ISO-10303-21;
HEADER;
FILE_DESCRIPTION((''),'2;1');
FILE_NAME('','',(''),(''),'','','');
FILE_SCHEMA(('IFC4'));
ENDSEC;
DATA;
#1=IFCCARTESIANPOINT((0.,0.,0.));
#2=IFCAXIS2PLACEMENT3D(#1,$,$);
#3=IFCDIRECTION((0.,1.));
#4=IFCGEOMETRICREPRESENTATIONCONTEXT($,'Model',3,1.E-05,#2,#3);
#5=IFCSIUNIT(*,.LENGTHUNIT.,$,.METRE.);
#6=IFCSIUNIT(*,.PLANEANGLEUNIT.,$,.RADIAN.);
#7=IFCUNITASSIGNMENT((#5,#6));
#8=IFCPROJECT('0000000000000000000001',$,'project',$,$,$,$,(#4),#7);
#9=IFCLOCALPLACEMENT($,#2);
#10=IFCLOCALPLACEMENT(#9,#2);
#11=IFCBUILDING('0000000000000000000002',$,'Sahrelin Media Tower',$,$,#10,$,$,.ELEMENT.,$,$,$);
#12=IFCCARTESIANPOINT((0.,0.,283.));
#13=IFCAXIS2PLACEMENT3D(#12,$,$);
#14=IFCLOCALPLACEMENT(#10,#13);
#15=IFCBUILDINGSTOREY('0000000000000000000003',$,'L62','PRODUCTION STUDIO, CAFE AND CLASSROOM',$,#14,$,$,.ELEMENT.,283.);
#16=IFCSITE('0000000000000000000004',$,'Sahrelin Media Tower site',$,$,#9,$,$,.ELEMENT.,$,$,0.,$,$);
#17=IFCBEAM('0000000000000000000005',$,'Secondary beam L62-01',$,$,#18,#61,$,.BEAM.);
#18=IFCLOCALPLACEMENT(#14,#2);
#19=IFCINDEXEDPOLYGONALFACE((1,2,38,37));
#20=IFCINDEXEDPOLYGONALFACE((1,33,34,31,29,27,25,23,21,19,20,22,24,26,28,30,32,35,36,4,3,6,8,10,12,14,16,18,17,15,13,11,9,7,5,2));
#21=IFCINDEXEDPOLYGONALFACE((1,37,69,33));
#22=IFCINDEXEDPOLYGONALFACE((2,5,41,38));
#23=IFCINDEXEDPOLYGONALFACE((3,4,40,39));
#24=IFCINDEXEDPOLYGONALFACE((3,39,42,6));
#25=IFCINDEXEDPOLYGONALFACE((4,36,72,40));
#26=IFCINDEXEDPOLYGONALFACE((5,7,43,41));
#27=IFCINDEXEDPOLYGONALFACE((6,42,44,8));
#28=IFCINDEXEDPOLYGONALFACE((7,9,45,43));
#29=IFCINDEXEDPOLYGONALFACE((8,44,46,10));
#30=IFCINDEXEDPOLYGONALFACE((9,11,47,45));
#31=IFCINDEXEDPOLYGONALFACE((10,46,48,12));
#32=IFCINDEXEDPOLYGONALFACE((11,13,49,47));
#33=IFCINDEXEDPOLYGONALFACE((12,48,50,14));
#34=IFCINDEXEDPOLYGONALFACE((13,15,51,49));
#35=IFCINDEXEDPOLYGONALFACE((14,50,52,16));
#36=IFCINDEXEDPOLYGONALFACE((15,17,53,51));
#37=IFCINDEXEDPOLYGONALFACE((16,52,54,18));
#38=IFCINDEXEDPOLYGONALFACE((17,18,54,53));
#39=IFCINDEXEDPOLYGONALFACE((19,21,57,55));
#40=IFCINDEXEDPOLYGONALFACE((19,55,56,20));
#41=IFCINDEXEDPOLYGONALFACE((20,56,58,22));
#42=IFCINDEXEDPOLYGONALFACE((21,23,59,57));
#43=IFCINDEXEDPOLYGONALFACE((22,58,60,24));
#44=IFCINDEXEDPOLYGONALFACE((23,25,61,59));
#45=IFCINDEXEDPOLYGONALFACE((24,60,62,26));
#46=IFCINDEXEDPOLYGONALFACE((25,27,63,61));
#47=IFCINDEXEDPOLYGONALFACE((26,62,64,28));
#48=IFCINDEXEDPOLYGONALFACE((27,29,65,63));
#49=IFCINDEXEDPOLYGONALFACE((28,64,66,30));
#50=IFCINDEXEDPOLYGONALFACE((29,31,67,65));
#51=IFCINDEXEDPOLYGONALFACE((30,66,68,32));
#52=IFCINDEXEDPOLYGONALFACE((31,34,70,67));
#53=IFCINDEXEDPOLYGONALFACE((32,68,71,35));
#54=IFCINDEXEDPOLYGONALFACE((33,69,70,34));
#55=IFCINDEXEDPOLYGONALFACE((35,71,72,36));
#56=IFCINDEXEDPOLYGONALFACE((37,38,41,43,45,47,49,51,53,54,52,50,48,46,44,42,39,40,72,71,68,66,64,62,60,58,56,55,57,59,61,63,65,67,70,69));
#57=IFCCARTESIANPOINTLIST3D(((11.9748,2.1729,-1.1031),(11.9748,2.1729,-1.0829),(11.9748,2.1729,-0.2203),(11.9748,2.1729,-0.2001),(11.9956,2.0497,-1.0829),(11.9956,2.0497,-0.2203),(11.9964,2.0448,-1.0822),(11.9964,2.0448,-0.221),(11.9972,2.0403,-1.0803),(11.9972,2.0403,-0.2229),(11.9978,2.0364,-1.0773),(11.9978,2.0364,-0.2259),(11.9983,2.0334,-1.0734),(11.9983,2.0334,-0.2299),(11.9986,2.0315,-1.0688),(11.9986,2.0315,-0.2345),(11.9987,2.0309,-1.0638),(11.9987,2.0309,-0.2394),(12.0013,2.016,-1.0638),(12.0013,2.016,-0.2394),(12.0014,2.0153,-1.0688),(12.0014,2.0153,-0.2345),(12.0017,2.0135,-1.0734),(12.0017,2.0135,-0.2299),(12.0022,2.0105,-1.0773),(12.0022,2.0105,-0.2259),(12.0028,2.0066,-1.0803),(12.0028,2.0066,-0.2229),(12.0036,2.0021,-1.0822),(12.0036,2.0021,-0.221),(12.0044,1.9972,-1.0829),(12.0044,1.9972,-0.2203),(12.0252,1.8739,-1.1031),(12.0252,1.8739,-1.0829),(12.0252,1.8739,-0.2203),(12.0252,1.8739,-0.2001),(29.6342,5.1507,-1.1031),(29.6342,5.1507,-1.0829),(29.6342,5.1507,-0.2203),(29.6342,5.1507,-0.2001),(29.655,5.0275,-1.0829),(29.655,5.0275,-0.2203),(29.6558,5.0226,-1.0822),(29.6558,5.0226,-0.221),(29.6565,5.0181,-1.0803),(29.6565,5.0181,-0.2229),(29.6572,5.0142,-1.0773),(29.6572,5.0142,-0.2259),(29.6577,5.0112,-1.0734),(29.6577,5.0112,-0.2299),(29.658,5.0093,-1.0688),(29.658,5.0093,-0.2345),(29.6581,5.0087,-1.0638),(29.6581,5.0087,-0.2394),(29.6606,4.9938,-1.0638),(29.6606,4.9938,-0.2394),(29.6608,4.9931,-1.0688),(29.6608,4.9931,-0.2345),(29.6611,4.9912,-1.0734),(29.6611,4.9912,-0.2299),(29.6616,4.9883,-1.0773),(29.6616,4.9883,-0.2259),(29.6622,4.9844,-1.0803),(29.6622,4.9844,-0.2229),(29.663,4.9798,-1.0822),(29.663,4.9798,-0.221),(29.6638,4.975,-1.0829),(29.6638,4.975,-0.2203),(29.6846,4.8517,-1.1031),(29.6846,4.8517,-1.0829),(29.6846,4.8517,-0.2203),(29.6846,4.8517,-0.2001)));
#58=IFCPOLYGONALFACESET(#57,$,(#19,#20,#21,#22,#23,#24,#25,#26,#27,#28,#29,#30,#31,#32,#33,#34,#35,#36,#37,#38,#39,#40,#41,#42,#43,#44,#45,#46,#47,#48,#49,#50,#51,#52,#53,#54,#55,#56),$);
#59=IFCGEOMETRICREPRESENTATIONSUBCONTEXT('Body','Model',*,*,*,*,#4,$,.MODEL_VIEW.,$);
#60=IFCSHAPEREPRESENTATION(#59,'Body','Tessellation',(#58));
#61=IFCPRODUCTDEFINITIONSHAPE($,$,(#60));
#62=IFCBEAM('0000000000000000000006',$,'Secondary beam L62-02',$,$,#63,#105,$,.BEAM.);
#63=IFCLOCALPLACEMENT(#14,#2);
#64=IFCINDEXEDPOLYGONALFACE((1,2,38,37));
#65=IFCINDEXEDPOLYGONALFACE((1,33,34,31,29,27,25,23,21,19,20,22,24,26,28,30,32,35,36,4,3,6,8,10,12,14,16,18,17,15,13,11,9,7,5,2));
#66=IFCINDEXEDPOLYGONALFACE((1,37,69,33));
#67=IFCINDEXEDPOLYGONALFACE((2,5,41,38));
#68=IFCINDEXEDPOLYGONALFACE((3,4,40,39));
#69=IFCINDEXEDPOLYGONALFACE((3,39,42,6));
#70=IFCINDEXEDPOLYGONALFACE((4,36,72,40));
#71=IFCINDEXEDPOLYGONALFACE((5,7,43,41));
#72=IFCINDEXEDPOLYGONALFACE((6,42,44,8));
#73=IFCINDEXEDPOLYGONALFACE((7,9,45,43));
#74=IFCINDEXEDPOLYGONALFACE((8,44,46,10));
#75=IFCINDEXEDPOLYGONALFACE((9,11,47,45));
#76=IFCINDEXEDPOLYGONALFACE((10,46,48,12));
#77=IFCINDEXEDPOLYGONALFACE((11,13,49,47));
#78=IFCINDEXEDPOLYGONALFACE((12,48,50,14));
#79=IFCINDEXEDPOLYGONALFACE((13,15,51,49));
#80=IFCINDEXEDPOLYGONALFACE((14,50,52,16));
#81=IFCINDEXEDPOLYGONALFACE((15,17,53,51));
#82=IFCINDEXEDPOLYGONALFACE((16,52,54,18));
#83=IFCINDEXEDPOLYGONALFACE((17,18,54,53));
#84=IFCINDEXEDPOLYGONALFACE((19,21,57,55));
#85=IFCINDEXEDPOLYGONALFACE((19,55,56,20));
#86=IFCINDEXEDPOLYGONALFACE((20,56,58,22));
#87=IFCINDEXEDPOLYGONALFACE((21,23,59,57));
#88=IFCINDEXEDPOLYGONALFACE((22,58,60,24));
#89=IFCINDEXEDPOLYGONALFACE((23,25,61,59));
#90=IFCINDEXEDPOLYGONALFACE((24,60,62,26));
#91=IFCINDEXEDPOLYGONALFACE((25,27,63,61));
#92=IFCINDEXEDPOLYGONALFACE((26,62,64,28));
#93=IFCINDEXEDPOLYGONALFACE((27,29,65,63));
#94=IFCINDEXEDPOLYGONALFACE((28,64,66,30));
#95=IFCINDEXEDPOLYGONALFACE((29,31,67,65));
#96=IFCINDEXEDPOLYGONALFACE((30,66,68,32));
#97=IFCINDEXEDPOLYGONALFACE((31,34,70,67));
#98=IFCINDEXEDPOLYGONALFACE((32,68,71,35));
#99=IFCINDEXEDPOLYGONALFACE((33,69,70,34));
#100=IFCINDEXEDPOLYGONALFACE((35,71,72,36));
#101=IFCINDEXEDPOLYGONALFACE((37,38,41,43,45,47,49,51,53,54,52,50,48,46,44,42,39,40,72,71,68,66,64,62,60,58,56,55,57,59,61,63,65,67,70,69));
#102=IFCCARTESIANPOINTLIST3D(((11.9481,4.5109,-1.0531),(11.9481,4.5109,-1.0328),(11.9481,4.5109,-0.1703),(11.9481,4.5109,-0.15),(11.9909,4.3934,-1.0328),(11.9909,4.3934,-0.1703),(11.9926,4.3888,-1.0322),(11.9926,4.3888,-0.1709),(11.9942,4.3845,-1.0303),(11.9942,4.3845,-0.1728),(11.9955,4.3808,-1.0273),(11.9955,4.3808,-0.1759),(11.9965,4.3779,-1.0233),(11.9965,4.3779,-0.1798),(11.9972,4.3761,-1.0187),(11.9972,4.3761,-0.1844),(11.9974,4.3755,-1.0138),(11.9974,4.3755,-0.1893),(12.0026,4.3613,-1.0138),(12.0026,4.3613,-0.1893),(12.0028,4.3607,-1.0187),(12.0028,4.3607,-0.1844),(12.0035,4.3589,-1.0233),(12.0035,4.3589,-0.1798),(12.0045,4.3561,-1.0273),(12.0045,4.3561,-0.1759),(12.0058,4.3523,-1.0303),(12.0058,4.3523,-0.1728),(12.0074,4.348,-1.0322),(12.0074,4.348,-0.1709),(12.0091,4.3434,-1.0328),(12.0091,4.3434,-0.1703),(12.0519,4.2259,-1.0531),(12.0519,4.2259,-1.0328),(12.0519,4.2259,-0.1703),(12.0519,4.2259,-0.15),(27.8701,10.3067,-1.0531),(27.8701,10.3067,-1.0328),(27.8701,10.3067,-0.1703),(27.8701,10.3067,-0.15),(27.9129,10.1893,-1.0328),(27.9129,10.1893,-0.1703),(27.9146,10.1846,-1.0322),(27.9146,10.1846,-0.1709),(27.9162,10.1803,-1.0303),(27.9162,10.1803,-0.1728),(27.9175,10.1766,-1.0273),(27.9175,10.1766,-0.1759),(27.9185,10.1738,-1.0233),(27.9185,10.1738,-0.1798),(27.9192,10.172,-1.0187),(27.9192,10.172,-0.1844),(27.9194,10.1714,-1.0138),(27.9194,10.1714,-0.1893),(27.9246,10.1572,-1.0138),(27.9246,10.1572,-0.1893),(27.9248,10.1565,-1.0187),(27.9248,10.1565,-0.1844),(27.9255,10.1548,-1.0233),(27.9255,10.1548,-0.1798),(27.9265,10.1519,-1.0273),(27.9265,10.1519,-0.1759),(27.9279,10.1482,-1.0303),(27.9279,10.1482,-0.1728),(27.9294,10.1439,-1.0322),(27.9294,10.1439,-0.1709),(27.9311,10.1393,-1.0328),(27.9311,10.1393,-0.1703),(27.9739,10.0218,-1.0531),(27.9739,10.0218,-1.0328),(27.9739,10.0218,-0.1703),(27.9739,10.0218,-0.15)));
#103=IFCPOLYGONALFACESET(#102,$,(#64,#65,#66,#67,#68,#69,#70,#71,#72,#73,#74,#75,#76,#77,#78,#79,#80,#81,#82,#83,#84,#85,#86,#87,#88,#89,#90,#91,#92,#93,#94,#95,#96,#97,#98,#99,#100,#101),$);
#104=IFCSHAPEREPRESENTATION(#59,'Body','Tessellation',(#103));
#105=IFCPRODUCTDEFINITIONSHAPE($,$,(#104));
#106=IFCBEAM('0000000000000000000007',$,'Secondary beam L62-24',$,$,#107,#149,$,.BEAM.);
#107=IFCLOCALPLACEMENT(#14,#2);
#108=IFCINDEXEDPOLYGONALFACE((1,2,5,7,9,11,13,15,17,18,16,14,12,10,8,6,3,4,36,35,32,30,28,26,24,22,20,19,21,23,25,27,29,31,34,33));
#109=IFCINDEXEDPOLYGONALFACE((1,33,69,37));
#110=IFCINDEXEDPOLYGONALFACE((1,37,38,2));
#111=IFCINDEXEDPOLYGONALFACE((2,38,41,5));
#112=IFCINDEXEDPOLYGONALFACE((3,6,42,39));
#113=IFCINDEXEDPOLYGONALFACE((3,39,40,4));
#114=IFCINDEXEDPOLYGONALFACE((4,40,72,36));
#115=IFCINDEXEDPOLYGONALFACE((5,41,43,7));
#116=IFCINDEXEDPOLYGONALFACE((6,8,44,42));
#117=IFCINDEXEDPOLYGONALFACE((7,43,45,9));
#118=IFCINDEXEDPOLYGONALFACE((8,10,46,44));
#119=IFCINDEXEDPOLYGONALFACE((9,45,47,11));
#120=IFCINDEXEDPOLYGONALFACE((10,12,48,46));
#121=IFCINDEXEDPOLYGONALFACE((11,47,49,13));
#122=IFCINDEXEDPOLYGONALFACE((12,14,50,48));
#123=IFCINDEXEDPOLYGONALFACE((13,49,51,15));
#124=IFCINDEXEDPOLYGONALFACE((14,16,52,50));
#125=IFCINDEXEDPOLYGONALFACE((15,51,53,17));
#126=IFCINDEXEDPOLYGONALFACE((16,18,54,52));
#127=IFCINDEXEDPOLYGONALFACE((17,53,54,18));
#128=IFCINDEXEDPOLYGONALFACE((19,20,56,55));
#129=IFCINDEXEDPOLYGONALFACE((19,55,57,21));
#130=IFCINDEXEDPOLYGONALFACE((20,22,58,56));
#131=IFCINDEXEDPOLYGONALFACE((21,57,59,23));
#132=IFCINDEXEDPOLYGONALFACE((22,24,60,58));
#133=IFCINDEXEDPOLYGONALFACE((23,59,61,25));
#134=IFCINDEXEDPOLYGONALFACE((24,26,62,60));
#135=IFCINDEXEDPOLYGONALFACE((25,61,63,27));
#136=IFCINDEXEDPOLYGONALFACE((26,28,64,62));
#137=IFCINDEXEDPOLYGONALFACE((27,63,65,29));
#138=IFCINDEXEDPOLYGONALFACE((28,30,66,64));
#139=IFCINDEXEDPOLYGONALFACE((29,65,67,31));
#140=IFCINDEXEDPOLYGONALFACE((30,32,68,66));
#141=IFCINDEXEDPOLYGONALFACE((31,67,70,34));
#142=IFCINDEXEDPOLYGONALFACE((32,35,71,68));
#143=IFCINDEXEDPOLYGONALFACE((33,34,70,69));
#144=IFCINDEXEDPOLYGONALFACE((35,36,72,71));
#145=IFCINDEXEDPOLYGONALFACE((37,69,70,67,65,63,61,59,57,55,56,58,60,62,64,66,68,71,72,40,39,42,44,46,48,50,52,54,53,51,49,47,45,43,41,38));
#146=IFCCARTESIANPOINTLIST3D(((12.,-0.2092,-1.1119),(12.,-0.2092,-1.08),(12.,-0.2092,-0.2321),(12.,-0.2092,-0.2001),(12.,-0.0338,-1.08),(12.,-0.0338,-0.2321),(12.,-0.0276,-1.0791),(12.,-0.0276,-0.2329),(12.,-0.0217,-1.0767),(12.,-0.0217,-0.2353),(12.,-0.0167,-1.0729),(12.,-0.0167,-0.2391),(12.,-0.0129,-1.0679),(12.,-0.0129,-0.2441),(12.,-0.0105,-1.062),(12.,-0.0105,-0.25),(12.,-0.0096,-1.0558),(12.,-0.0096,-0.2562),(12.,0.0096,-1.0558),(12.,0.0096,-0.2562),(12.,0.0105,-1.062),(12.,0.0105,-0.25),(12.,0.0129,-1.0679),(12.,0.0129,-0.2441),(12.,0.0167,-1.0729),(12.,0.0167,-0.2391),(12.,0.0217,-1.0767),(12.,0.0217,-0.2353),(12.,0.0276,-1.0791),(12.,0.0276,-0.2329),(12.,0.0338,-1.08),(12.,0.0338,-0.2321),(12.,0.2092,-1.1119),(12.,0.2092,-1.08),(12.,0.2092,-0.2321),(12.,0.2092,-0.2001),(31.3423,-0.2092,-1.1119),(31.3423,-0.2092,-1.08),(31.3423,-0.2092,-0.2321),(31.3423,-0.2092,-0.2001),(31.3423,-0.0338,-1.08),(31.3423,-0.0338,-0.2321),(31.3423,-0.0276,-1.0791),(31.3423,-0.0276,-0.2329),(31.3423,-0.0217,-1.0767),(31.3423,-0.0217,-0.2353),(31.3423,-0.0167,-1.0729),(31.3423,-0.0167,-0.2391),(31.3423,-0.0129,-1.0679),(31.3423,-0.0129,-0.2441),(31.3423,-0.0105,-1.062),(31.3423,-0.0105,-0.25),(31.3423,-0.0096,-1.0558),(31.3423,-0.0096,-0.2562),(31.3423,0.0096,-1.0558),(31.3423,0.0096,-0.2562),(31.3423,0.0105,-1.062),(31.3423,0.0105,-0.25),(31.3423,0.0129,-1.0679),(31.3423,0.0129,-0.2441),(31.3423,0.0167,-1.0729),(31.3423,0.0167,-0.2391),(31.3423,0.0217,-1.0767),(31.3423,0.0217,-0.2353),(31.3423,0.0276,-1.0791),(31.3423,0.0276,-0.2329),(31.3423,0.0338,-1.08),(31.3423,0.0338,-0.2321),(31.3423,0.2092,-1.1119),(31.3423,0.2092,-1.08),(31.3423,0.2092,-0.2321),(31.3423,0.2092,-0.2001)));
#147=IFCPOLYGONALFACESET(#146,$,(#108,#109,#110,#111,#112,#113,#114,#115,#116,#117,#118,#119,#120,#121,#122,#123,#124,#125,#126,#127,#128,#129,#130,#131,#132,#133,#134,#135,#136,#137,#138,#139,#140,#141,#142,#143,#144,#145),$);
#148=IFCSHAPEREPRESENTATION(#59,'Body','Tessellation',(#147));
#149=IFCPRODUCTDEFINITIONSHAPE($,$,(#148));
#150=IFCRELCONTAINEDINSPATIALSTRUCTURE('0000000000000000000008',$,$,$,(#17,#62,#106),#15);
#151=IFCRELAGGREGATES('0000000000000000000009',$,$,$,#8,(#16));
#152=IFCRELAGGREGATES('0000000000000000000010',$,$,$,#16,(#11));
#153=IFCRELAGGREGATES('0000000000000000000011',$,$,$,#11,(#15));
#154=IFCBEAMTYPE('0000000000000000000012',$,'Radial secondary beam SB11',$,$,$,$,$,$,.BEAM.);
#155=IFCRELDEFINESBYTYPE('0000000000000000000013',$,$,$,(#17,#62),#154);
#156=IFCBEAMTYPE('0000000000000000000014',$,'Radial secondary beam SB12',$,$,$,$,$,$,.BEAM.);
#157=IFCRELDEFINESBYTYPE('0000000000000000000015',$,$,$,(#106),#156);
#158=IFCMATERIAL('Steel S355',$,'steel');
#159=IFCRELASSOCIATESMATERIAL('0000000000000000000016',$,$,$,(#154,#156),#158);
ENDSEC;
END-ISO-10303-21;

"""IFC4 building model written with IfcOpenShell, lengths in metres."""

from ifc_helpers import new_model, si_unit, direction, frame, origin, origin_2d, place, context, subcontext, project, spatial, i_section, extrude, material, material_profile, profile_set, type_object, element, save


model = new_model("IFC4")

# Units and contexts
model_context = context("Model", 3, precision=1e-05, world=origin(), true_north=direction((0.0, 1.0)))
body_context = subcontext(model_context, "Body", "Model", "MODEL_VIEW")
ifc_project = project(units=[si_unit("LENGTHUNIT", "METRE"), si_unit("PLANEANGLEUNIT", "RADIAN")], contexts=[model_context])

# Site, building, storey
site_placement = place(None, origin())
site = spatial("IfcSite", under=ifc_project, at=site_placement, Name="Sahrelin Media Tower site", CompositionType="ELEMENT", RefElevation=0.0)
building_placement = place(site_placement, origin())
building = spatial("IfcBuilding", under=site, at=building_placement, Name="Sahrelin Media Tower", CompositionType="ELEMENT")
storey_placement = place(building_placement, frame((0.0, 0.0, 283.0)))
storey = spatial("IfcBuildingStorey", under=building, at=storey_placement, Name="L62", Description="PRODUCTION STUDIO, CAFE AND CLASSROOM", CompositionType="ELEMENT", Elevation=283.0)

# Beams
ifc_material_1 = material(Name="Steel S355", Category="steel")
ifc_material_profile_1 = material_profile(ifc_material_1, i_section(OverallWidth=0.3032, OverallDepth=0.9031, WebThickness=0.0151, FlangeThickness=0.0203, FilletRadius=0.019, at=origin_2d()), Name="UB 914x305x201")
ifc_profile_set_1 = profile_set([ifc_material_profile_1], Name="Steel S355")
beam_type_1 = type_object("IfcBeamType", Name="Radial secondary beam SB11", PredefinedType="BEAM", material=ifc_profile_set_1)
beam_1_placement = place(storey_placement, frame((12.0, 2.0234, -0.6516), z_axis=(0.986079, 0.166276, 0.0), x_axis=(-0.166276, 0.986079, 0.0)))
element("IfcBeam", 1, at=beam_1_placement, inside=storey, type_object=beam_type_1, Name="Secondary beam L62-01", PredefinedType="BEAM", context=body_context, shape_type="SweptSolid", body=[
    extrude(i_section(OverallWidth=0.3032, OverallDepth=0.9031, WebThickness=0.0151, FlangeThickness=0.0203, FilletRadius=0.019, at=origin_2d()), origin(), (0.0, 0.0, 1.0), 17.9087),
])
beam_2_placement = place(storey_placement, frame((12.0, 4.3684, -0.6016), z_axis=(0.939679, 0.342058, 0.0), x_axis=(-0.342058, 0.939679, 0.0)))
element("IfcBeam", 2, at=beam_2_placement, inside=storey, type_object=beam_type_1, Name="Secondary beam L62-02", PredefinedType="BEAM", context=body_context, shape_type="SweptSolid", body=[
    extrude(i_section(OverallWidth=0.3032, OverallDepth=0.9031, WebThickness=0.0151, FlangeThickness=0.0203, FilletRadius=0.019, at=origin_2d()), origin(), (0.0, 0.0, 1.0), 16.9441),
])
ifc_material_profile_2 = material_profile(ifc_material_1, i_section(OverallWidth=0.4185, OverallDepth=0.9119, WebThickness=0.0193, FlangeThickness=0.032, FilletRadius=0.0242, at=origin_2d()), Name="UB 914x419x343")
ifc_profile_set_2 = profile_set([ifc_material_profile_2], Name="Steel S355")
beam_type_2 = type_object("IfcBeamType", Name="Radial secondary beam SB12", PredefinedType="BEAM", material=ifc_profile_set_2)
beam_3_placement = place(storey_placement, frame((12.0, 0.0, -0.656), z_axis=(1.0, 0.0, 0.0), x_axis=(0.0, 1.0, 0.0)))
element("IfcBeam", 3, at=beam_3_placement, inside=storey, type_object=beam_type_2, Name="Secondary beam L62-24", PredefinedType="BEAM", context=body_context, shape_type="SweptSolid", body=[
    extrude(i_section(OverallWidth=0.4185, OverallDepth=0.9119, WebThickness=0.0193, FlangeThickness=0.032, FilletRadius=0.0242, at=origin_2d()), origin(), (0.0, 0.0, 1.0), 19.3423),
])

save(model, "model.ifc")
